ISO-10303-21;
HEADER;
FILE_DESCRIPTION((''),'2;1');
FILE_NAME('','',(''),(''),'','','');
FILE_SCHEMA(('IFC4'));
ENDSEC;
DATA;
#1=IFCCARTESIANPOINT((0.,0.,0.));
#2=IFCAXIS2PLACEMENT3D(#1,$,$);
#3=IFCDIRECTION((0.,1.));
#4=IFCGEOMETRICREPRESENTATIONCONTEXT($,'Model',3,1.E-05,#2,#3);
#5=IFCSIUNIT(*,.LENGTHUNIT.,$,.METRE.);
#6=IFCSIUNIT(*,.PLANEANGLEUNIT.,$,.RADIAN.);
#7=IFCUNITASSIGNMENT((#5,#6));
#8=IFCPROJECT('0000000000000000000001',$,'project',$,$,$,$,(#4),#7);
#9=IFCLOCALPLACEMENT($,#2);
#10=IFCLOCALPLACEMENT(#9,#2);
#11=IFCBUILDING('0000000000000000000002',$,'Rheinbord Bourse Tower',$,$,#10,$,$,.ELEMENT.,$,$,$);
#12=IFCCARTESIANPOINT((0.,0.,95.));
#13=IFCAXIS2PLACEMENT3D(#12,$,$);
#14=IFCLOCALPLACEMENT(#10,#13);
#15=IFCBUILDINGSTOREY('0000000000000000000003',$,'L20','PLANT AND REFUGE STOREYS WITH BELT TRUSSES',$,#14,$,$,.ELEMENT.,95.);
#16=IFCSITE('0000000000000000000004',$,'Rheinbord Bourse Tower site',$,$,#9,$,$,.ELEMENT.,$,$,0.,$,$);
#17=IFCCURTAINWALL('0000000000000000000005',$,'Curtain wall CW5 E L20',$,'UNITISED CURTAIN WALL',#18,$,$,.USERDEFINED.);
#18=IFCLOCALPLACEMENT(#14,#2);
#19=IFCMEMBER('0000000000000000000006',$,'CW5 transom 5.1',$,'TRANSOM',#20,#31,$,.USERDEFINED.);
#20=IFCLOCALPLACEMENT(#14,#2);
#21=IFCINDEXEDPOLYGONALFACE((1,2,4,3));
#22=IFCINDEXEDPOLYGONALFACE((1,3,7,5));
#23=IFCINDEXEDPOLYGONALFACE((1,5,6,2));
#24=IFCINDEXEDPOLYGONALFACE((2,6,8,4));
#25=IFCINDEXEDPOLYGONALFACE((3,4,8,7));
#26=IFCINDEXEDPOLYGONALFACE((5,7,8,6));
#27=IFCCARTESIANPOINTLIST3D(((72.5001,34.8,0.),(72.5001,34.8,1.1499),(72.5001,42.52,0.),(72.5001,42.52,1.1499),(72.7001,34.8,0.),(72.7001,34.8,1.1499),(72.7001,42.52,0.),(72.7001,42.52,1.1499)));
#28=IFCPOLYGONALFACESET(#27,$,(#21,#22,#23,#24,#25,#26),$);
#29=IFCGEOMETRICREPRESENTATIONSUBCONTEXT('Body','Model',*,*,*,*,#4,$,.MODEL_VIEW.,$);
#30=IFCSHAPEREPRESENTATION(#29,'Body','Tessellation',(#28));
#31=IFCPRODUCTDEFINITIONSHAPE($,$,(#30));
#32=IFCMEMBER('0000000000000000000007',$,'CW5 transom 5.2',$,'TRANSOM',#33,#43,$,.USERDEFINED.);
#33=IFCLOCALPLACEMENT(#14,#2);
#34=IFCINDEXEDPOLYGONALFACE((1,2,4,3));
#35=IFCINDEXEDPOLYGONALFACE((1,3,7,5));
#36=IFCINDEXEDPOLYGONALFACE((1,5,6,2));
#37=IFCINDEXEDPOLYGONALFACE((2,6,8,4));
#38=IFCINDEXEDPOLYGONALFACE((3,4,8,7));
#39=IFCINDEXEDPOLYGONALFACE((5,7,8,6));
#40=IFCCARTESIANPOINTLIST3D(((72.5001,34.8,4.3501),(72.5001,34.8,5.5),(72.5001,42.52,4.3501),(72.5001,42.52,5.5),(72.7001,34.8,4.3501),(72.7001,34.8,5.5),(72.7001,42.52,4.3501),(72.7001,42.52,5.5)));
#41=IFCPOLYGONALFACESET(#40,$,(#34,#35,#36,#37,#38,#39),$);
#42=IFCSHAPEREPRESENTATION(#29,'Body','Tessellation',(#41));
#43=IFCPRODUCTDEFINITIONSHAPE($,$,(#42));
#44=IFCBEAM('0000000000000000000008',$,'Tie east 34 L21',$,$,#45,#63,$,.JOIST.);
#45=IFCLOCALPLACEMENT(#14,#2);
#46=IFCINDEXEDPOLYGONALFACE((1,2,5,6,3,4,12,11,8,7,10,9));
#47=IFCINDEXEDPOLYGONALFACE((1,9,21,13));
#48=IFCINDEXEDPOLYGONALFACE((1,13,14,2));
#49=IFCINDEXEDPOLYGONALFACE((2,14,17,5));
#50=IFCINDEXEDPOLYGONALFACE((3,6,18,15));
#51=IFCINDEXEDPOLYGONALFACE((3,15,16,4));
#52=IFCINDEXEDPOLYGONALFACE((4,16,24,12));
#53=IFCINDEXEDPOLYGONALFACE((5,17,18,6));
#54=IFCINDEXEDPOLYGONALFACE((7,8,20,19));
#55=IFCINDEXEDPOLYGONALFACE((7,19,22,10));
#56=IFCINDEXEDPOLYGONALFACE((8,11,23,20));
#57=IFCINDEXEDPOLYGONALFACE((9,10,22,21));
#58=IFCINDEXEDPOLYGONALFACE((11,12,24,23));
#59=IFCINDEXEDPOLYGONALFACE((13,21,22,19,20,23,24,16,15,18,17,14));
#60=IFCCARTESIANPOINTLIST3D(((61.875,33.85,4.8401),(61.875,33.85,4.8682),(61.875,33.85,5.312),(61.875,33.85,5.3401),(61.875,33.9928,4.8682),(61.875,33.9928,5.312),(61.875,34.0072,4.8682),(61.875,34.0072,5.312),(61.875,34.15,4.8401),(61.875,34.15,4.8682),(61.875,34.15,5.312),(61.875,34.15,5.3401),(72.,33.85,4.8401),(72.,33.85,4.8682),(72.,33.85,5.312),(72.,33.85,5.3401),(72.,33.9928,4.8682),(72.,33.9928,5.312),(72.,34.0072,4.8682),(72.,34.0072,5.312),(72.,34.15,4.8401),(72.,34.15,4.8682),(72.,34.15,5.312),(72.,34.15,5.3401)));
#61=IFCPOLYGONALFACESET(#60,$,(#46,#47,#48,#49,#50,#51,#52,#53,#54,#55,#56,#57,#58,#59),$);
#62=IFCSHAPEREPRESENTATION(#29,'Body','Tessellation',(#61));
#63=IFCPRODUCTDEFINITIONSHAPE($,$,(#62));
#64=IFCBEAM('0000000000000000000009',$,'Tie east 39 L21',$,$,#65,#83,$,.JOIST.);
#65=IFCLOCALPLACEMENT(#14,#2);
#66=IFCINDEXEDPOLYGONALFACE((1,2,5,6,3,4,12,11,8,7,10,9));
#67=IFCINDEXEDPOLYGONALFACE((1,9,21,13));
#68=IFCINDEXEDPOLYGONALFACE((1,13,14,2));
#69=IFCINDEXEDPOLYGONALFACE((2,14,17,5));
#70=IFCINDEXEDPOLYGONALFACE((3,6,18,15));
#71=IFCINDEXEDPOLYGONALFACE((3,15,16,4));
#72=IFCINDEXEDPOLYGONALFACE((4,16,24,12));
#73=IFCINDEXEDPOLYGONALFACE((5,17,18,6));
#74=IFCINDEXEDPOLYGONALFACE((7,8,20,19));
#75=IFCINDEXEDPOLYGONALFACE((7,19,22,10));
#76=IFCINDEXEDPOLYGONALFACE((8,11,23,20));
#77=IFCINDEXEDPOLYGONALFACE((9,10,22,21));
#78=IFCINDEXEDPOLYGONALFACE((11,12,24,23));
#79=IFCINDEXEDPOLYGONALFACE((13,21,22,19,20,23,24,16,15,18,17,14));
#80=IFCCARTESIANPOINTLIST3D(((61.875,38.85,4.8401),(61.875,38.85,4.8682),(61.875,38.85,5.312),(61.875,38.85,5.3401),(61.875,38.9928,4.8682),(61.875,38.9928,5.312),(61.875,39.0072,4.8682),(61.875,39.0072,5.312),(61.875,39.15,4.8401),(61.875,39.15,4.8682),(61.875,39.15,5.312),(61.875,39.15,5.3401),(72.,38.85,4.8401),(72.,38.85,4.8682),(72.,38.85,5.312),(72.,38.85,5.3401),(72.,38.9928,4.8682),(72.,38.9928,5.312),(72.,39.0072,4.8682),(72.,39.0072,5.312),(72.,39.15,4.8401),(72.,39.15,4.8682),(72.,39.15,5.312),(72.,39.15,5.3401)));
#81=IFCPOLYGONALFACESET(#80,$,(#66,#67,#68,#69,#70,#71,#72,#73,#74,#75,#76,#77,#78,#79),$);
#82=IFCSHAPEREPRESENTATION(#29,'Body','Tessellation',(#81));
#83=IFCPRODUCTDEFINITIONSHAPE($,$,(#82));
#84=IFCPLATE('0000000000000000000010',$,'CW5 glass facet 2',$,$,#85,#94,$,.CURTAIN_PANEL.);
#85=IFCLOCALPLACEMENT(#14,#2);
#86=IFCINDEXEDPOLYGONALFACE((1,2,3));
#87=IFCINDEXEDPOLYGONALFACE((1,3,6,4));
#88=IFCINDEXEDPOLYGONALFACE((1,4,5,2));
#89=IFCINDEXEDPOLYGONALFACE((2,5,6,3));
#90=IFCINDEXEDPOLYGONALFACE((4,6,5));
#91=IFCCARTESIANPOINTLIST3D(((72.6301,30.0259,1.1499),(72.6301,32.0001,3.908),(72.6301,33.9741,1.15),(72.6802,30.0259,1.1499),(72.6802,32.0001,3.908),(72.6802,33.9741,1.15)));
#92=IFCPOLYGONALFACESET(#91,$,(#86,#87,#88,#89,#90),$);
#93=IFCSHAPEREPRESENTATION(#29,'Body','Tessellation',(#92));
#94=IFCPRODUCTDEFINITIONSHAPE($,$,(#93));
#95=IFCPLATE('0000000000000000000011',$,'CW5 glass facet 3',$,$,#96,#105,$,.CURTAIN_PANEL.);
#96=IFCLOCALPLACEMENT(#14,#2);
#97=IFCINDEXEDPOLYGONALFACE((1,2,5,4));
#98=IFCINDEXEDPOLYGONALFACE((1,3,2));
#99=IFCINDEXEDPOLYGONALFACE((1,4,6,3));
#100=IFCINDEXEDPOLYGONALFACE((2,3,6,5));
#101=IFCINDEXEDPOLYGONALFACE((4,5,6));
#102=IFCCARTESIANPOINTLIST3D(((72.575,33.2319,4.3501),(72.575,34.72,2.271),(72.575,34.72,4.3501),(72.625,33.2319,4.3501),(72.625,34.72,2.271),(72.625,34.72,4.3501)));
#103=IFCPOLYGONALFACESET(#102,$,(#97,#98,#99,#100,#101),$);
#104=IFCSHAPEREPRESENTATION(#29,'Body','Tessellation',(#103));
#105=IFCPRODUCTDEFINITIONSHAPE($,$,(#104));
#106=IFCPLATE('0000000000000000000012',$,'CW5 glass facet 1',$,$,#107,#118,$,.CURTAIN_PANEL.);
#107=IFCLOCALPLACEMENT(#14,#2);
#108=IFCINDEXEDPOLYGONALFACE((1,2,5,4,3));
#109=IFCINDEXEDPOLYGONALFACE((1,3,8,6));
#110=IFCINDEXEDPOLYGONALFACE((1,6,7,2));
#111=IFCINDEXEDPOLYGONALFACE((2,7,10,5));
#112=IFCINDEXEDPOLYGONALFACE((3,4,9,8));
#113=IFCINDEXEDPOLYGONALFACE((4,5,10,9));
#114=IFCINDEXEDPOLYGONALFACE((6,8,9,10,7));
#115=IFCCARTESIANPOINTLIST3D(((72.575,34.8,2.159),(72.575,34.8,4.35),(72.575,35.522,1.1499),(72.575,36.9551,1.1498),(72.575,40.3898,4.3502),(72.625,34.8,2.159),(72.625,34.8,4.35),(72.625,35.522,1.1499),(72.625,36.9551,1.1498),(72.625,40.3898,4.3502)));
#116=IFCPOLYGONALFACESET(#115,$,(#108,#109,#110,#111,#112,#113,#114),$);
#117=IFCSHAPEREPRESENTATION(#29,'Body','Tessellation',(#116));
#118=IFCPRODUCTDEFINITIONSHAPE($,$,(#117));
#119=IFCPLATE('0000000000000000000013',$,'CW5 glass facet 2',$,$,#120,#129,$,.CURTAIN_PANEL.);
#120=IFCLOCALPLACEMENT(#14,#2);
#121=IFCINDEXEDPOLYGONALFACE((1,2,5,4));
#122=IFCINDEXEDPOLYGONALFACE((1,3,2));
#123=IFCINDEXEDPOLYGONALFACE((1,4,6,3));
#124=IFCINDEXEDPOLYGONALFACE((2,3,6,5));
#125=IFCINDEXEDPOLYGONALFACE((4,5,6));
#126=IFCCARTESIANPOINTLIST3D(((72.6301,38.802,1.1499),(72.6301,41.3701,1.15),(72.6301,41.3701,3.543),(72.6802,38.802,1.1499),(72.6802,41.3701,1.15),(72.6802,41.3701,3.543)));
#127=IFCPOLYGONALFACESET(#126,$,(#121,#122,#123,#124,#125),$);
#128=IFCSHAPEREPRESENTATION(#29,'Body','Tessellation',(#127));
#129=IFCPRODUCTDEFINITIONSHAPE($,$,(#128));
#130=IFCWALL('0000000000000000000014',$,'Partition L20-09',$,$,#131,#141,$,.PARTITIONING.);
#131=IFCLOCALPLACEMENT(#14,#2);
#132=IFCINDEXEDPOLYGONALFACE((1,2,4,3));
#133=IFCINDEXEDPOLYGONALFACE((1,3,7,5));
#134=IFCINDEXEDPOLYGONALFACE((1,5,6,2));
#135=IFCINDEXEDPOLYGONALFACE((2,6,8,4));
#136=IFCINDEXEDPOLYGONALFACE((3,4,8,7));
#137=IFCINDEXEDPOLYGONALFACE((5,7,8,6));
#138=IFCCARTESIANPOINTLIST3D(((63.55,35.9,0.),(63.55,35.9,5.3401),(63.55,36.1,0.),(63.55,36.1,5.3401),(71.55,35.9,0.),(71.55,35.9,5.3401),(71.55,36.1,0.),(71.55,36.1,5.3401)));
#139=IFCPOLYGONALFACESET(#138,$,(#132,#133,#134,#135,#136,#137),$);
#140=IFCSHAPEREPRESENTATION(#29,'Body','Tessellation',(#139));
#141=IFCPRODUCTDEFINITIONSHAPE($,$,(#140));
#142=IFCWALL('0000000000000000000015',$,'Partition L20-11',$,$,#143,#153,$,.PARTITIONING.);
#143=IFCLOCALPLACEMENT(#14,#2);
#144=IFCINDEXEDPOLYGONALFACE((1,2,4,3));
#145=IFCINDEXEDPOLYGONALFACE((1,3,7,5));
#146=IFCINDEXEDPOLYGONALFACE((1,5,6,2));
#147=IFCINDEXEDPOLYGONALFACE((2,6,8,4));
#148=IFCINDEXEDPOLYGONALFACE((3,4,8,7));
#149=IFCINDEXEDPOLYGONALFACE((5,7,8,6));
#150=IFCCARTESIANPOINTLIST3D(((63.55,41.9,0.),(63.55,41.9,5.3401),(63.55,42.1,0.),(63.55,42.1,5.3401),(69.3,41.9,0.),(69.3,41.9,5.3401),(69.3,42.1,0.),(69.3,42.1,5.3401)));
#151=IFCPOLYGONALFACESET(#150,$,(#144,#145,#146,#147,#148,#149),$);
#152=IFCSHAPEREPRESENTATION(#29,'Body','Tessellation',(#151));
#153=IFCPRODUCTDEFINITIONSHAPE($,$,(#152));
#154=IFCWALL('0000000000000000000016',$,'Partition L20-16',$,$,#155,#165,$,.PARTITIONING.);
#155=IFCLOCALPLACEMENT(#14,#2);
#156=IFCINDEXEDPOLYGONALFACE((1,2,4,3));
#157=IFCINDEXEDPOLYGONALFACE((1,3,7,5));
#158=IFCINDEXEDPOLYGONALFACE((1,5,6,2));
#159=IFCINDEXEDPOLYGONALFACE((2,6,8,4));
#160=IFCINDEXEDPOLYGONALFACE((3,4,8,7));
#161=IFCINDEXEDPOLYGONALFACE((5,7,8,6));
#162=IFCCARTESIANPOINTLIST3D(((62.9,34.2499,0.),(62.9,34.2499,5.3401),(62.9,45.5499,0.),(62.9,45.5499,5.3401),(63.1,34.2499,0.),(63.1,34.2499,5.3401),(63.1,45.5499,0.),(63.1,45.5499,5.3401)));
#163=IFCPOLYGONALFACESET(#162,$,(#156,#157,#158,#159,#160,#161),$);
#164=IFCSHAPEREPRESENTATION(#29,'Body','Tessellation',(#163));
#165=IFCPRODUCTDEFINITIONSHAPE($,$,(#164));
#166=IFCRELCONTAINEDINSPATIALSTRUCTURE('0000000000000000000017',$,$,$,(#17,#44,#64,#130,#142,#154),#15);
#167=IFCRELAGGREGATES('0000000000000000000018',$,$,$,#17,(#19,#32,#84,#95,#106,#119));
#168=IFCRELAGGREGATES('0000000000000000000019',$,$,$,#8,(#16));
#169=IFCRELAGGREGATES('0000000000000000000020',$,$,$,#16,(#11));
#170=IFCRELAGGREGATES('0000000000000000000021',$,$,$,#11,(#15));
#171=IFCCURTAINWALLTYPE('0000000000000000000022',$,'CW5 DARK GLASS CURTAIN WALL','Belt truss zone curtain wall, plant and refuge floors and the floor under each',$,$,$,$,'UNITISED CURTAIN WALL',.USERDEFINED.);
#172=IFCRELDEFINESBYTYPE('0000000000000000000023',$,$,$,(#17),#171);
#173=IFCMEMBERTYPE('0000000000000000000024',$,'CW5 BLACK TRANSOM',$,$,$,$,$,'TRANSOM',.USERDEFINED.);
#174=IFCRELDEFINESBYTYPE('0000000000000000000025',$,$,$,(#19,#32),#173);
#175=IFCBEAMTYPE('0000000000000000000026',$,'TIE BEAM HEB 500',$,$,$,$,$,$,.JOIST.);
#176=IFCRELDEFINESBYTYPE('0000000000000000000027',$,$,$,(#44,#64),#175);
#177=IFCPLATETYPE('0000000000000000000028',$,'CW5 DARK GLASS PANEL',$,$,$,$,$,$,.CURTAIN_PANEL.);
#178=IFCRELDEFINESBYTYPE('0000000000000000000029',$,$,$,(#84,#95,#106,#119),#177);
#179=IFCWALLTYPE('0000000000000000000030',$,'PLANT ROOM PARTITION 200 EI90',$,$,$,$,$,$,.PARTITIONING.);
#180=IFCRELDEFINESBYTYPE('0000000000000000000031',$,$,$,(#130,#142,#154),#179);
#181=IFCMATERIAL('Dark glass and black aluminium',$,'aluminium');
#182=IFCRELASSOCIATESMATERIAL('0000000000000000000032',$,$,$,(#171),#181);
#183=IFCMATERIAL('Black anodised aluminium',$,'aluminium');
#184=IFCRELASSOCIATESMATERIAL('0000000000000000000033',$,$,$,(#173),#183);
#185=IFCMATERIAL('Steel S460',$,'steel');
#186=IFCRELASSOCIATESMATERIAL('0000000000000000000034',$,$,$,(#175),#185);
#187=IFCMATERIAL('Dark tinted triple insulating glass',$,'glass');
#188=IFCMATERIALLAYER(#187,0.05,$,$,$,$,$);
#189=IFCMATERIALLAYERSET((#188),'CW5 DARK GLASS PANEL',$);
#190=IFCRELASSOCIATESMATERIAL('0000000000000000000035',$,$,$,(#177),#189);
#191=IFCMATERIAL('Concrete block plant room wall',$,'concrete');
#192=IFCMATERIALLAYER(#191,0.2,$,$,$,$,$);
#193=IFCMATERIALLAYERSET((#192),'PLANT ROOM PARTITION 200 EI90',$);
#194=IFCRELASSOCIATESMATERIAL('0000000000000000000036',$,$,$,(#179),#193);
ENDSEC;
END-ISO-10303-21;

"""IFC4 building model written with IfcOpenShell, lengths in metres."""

from ifc_helpers import new_model, si_unit, direction, frame, frame_2d, origin, origin_2d, place, context, subcontext, project, spatial, polyline, rectangle, i_section, outline, extrude, material, layer, layer_set, material_profile, profile_set, type_object, element, aggregate, save


model = new_model("IFC4")

# Units and contexts
model_context = context("Model", 3, precision=1e-05, world=origin(), true_north=direction((0.0, 1.0)))
body_context = subcontext(model_context, "Body", "Model", "MODEL_VIEW")
ifc_project = project(units=[si_unit("LENGTHUNIT", "METRE"), si_unit("PLANEANGLEUNIT", "RADIAN")], contexts=[model_context])

# Site, building, storey
site_placement = place(None, origin())
site = spatial("IfcSite", under=ifc_project, at=site_placement, Name="Rheinbord Bourse Tower site", CompositionType="ELEMENT", RefElevation=0.0)
building_placement = place(site_placement, origin())
building = spatial("IfcBuilding", under=site, at=building_placement, Name="Rheinbord Bourse Tower", CompositionType="ELEMENT")
storey_placement = place(building_placement, frame((0.0, 0.0, 95.0)))
storey = spatial("IfcBuildingStorey", under=building, at=storey_placement, Name="L20", Description="PLANT AND REFUGE STOREYS WITH BELT TRUSSES", CompositionType="ELEMENT", Elevation=95.0)

# Curtain wall, members
ifc_material_1 = material(Name="Dark glass and black aluminium", Category="aluminium")
curtain_wall_type = type_object("IfcCurtainWallType", Name="CW5 DARK GLASS CURTAIN WALL", Description="Belt truss zone curtain wall, plant and refuge floors and the floor under each", ElementType="UNITISED CURTAIN WALL", PredefinedType="USERDEFINED", material=ifc_material_1)
curtain_wall_placement = place(storey_placement, origin())
curtain_wall = element("IfcCurtainWall", 1, at=curtain_wall_placement, inside=storey, type_object=curtain_wall_type, Name="Curtain wall CW5 E L20", ObjectType="UNITISED CURTAIN WALL", PredefinedType="USERDEFINED")
ifc_material_2 = material(Name="Black anodised aluminium", Category="aluminium")
ifc_material_profile_1 = material_profile(ifc_material_2, rectangle(XDim=0.2, YDim=1.1499, at=origin_2d()), Name="CW5 TRANSOM 1150x200")
ifc_profile_set_1 = profile_set([ifc_material_profile_1], Name="Black anodised aluminium")
member_type_1 = type_object("IfcMemberType", Name="CW5 BLACK TRANSOM", ElementType="TRANSOM", PredefinedType="USERDEFINED", material=ifc_profile_set_1)
member_1_placement = place(storey_placement, frame((72.6001, 34.8, 0.575), z_axis=(0.0, 1.0, 0.0), x_axis=(-1.0, 0.0, 0.0)))
member_1 = element("IfcMember", 2, at=member_1_placement, type_object=member_type_1, Name="CW5 transom 5.1", ObjectType="TRANSOM", PredefinedType="USERDEFINED", context=body_context, shape_type="SweptSolid", body=[
    extrude(rectangle(XDim=0.2, YDim=1.1499, at=origin_2d()), origin(), (0.0, 0.0, 1.0), 7.72),
])
member_2_placement = place(storey_placement, frame((72.6001, 34.8, 4.925), z_axis=(0.0, 1.0, 0.0), x_axis=(-1.0, 0.0, 0.0)))
member_2 = element("IfcMember", 3, at=member_2_placement, type_object=member_type_1, Name="CW5 transom 5.2", ObjectType="TRANSOM", PredefinedType="USERDEFINED", context=body_context, shape_type="SweptSolid", body=[
    extrude(rectangle(XDim=0.2, YDim=1.1499, at=origin_2d()), origin(), (0.0, 0.0, 1.0), 7.72),
])

# Beams
ifc_material_3 = material(Name="Steel S460", Category="steel")
ifc_material_profile_2 = material_profile(ifc_material_3, i_section(OverallWidth=0.3, OverallDepth=0.5, WebThickness=0.0144, FlangeThickness=0.0281, at=origin_2d()), Name="HEB 500")
ifc_profile_set_2 = profile_set([ifc_material_profile_2], Name="Steel S460")
beam_type_1 = type_object("IfcBeamType", Name="TIE BEAM HEB 500", PredefinedType="JOIST", material=ifc_profile_set_2)
for number, where, z_axis, x_axis, name in (
    (4, (61.875, 34.0, 5.0901), (1.0, 0.0, 0.0), (0.0, 1.0, 0.0), "Tie east 34 L21"),
    (5, (61.875, 39.0, 5.0901), (1.0, 0.0, 0.0), (0.0, 1.0, 0.0), "Tie east 39 L21"),
):
    element("IfcBeam", number, at=place(storey_placement, frame(where, z_axis=z_axis, x_axis=x_axis)), inside=storey, type_object=beam_type_1, Name=name, PredefinedType="JOIST", context=body_context, shape_type="SweptSolid", body=[
        extrude(i_section(OverallWidth=0.3, OverallDepth=0.5, WebThickness=0.0144, FlangeThickness=0.0281, at=origin_2d()), origin(), (0.0, 0.0, 1.0), 10.125),
    ])

# Plates
ifc_material_4 = material(Name="Dark tinted triple insulating glass", Category="glass")
ifc_layer_1 = layer(ifc_material_4, 0.05)
ifc_layer_set_1 = layer_set([ifc_layer_1], Name="CW5 DARK GLASS PANEL")
plate_type = type_object("IfcPlateType", Name="CW5 DARK GLASS PANEL", PredefinedType="CURTAIN_PANEL", material=ifc_layer_set_1)
plate_1_placement = place(storey_placement, frame((72.6802, 30.0259, 1.1499), z_axis=(-1.0, 0.0, 0.0), x_axis=(0.0, 0.582035, 0.813164)))
plate_1 = element("IfcPlate", 6, at=plate_1_placement, type_object=plate_type, Name="CW5 glass facet 2", PredefinedType="CURTAIN_PANEL", context=body_context, shape_type="SweptSolid", body=[
    extrude(outline(polyline([(0.0, 0.0), (3.3918, 0.0), (2.2981, 3.2104), (0.0, 0.0)])), origin(), (0.0, 0.0, 1.0), 0.05),
])
plate_2_placement = place(storey_placement, frame((72.625, 34.72, 4.3501), z_axis=(-1.0, 0.0, 0.0), x_axis=(0.0, 0.0, -1.0)))
plate_2 = element("IfcPlate", 7, at=plate_2_placement, type_object=plate_type, Name="CW5 glass facet 3", PredefinedType="CURTAIN_PANEL", context=body_context, shape_type="SweptSolid", body=[
    extrude(outline(polyline([(0.0, 0.0), (2.0791, 0.0), (0.0, 1.488), (0.0, 0.0)])), origin(), (0.0, 0.0, 1.0), 0.05),
])
plate_3_placement = place(storey_placement, frame((72.625, 35.522, 1.1499), z_axis=(-1.0, 0.0, 0.0), x_axis=(0.0, -0.581871, 0.813281)))
plate_3 = element("IfcPlate", 8, at=plate_3_placement, type_object=plate_type, Name="CW5 glass facet 1", PredefinedType="CURTAIN_PANEL", context=body_context, shape_type="SweptSolid", body=[
    extrude(outline(polyline([(0.0, 0.0), (1.2407, 0.0), (3.0227, 1.2749), (-0.2297, 5.821), (-0.834, 1.1655), (0.0, 0.0)])), origin(), (0.0, 0.0, 1.0), 0.05),
])
plate_4_placement = place(storey_placement, frame((72.6802, 38.802, 1.1499), z_axis=(-1.0, 0.0, 0.0), x_axis=(0.0, 0.731601, 0.681733)))
plate_4 = element("IfcPlate", 9, at=plate_4_placement, type_object=plate_type, Name="CW5 glass facet 2", PredefinedType="CURTAIN_PANEL", context=body_context, shape_type="SweptSolid", body=[
    extrude(outline(polyline([(0.0, 0.0), (3.5103, 0.0), (1.8789, 1.7507), (0.0, 0.0)])), origin(), (0.0, 0.0, 1.0), 0.05),
])
aggregate(curtain_wall, [member_1, member_2, plate_1, plate_2, plate_3, plate_4])

# Walls
ifc_material_5 = material(Name="Concrete block plant room wall", Category="concrete")
ifc_layer_2 = layer(ifc_material_5, 0.2)
ifc_layer_set_2 = layer_set([ifc_layer_2], Name="PLANT ROOM PARTITION 200 EI90")
wall_type = type_object("IfcWallType", Name="PLANT ROOM PARTITION 200 EI90", PredefinedType="PARTITIONING", material=ifc_layer_set_2)
wall_1_placement = place(storey_placement, frame((63.55, 36.0, 0.0), z_axis=(0.0, 0.0, 1.0), x_axis=(1.0, 0.0, 0.0)))
element("IfcWall", 10, at=wall_1_placement, inside=storey, type_object=wall_type, Name="Partition L20-09", PredefinedType="PARTITIONING", context=body_context, shape_type="SweptSolid", body=[
    extrude(rectangle(XDim=8.0, YDim=0.2, at=frame_2d((4.0, 0.0))), origin(), (0.0, 0.0, 1.0), 5.3401),
])
wall_2_placement = place(storey_placement, frame((63.55, 42.0, 0.0), z_axis=(0.0, 0.0, 1.0), x_axis=(1.0, 0.0, 0.0)))
element("IfcWall", 11, at=wall_2_placement, inside=storey, type_object=wall_type, Name="Partition L20-11", PredefinedType="PARTITIONING", context=body_context, shape_type="SweptSolid", body=[
    extrude(rectangle(XDim=5.75, YDim=0.2, at=frame_2d((2.875, 0.0))), origin(), (0.0, 0.0, 1.0), 5.3401),
])
wall_3_placement = place(storey_placement, frame((63.0, 34.25, 0.0), z_axis=(0.0, 0.0, 1.0), x_axis=(0.0, 1.0, 0.0)))
element("IfcWall", 12, at=wall_3_placement, inside=storey, type_object=wall_type, Name="Partition L20-16", PredefinedType="PARTITIONING", context=body_context, shape_type="SweptSolid", body=[
    extrude(rectangle(XDim=11.3, YDim=0.2, at=frame_2d((5.6499, 0.0))), origin(), (0.0, 0.0, 1.0), 5.3401),
])

save(model, "model.ifc")
